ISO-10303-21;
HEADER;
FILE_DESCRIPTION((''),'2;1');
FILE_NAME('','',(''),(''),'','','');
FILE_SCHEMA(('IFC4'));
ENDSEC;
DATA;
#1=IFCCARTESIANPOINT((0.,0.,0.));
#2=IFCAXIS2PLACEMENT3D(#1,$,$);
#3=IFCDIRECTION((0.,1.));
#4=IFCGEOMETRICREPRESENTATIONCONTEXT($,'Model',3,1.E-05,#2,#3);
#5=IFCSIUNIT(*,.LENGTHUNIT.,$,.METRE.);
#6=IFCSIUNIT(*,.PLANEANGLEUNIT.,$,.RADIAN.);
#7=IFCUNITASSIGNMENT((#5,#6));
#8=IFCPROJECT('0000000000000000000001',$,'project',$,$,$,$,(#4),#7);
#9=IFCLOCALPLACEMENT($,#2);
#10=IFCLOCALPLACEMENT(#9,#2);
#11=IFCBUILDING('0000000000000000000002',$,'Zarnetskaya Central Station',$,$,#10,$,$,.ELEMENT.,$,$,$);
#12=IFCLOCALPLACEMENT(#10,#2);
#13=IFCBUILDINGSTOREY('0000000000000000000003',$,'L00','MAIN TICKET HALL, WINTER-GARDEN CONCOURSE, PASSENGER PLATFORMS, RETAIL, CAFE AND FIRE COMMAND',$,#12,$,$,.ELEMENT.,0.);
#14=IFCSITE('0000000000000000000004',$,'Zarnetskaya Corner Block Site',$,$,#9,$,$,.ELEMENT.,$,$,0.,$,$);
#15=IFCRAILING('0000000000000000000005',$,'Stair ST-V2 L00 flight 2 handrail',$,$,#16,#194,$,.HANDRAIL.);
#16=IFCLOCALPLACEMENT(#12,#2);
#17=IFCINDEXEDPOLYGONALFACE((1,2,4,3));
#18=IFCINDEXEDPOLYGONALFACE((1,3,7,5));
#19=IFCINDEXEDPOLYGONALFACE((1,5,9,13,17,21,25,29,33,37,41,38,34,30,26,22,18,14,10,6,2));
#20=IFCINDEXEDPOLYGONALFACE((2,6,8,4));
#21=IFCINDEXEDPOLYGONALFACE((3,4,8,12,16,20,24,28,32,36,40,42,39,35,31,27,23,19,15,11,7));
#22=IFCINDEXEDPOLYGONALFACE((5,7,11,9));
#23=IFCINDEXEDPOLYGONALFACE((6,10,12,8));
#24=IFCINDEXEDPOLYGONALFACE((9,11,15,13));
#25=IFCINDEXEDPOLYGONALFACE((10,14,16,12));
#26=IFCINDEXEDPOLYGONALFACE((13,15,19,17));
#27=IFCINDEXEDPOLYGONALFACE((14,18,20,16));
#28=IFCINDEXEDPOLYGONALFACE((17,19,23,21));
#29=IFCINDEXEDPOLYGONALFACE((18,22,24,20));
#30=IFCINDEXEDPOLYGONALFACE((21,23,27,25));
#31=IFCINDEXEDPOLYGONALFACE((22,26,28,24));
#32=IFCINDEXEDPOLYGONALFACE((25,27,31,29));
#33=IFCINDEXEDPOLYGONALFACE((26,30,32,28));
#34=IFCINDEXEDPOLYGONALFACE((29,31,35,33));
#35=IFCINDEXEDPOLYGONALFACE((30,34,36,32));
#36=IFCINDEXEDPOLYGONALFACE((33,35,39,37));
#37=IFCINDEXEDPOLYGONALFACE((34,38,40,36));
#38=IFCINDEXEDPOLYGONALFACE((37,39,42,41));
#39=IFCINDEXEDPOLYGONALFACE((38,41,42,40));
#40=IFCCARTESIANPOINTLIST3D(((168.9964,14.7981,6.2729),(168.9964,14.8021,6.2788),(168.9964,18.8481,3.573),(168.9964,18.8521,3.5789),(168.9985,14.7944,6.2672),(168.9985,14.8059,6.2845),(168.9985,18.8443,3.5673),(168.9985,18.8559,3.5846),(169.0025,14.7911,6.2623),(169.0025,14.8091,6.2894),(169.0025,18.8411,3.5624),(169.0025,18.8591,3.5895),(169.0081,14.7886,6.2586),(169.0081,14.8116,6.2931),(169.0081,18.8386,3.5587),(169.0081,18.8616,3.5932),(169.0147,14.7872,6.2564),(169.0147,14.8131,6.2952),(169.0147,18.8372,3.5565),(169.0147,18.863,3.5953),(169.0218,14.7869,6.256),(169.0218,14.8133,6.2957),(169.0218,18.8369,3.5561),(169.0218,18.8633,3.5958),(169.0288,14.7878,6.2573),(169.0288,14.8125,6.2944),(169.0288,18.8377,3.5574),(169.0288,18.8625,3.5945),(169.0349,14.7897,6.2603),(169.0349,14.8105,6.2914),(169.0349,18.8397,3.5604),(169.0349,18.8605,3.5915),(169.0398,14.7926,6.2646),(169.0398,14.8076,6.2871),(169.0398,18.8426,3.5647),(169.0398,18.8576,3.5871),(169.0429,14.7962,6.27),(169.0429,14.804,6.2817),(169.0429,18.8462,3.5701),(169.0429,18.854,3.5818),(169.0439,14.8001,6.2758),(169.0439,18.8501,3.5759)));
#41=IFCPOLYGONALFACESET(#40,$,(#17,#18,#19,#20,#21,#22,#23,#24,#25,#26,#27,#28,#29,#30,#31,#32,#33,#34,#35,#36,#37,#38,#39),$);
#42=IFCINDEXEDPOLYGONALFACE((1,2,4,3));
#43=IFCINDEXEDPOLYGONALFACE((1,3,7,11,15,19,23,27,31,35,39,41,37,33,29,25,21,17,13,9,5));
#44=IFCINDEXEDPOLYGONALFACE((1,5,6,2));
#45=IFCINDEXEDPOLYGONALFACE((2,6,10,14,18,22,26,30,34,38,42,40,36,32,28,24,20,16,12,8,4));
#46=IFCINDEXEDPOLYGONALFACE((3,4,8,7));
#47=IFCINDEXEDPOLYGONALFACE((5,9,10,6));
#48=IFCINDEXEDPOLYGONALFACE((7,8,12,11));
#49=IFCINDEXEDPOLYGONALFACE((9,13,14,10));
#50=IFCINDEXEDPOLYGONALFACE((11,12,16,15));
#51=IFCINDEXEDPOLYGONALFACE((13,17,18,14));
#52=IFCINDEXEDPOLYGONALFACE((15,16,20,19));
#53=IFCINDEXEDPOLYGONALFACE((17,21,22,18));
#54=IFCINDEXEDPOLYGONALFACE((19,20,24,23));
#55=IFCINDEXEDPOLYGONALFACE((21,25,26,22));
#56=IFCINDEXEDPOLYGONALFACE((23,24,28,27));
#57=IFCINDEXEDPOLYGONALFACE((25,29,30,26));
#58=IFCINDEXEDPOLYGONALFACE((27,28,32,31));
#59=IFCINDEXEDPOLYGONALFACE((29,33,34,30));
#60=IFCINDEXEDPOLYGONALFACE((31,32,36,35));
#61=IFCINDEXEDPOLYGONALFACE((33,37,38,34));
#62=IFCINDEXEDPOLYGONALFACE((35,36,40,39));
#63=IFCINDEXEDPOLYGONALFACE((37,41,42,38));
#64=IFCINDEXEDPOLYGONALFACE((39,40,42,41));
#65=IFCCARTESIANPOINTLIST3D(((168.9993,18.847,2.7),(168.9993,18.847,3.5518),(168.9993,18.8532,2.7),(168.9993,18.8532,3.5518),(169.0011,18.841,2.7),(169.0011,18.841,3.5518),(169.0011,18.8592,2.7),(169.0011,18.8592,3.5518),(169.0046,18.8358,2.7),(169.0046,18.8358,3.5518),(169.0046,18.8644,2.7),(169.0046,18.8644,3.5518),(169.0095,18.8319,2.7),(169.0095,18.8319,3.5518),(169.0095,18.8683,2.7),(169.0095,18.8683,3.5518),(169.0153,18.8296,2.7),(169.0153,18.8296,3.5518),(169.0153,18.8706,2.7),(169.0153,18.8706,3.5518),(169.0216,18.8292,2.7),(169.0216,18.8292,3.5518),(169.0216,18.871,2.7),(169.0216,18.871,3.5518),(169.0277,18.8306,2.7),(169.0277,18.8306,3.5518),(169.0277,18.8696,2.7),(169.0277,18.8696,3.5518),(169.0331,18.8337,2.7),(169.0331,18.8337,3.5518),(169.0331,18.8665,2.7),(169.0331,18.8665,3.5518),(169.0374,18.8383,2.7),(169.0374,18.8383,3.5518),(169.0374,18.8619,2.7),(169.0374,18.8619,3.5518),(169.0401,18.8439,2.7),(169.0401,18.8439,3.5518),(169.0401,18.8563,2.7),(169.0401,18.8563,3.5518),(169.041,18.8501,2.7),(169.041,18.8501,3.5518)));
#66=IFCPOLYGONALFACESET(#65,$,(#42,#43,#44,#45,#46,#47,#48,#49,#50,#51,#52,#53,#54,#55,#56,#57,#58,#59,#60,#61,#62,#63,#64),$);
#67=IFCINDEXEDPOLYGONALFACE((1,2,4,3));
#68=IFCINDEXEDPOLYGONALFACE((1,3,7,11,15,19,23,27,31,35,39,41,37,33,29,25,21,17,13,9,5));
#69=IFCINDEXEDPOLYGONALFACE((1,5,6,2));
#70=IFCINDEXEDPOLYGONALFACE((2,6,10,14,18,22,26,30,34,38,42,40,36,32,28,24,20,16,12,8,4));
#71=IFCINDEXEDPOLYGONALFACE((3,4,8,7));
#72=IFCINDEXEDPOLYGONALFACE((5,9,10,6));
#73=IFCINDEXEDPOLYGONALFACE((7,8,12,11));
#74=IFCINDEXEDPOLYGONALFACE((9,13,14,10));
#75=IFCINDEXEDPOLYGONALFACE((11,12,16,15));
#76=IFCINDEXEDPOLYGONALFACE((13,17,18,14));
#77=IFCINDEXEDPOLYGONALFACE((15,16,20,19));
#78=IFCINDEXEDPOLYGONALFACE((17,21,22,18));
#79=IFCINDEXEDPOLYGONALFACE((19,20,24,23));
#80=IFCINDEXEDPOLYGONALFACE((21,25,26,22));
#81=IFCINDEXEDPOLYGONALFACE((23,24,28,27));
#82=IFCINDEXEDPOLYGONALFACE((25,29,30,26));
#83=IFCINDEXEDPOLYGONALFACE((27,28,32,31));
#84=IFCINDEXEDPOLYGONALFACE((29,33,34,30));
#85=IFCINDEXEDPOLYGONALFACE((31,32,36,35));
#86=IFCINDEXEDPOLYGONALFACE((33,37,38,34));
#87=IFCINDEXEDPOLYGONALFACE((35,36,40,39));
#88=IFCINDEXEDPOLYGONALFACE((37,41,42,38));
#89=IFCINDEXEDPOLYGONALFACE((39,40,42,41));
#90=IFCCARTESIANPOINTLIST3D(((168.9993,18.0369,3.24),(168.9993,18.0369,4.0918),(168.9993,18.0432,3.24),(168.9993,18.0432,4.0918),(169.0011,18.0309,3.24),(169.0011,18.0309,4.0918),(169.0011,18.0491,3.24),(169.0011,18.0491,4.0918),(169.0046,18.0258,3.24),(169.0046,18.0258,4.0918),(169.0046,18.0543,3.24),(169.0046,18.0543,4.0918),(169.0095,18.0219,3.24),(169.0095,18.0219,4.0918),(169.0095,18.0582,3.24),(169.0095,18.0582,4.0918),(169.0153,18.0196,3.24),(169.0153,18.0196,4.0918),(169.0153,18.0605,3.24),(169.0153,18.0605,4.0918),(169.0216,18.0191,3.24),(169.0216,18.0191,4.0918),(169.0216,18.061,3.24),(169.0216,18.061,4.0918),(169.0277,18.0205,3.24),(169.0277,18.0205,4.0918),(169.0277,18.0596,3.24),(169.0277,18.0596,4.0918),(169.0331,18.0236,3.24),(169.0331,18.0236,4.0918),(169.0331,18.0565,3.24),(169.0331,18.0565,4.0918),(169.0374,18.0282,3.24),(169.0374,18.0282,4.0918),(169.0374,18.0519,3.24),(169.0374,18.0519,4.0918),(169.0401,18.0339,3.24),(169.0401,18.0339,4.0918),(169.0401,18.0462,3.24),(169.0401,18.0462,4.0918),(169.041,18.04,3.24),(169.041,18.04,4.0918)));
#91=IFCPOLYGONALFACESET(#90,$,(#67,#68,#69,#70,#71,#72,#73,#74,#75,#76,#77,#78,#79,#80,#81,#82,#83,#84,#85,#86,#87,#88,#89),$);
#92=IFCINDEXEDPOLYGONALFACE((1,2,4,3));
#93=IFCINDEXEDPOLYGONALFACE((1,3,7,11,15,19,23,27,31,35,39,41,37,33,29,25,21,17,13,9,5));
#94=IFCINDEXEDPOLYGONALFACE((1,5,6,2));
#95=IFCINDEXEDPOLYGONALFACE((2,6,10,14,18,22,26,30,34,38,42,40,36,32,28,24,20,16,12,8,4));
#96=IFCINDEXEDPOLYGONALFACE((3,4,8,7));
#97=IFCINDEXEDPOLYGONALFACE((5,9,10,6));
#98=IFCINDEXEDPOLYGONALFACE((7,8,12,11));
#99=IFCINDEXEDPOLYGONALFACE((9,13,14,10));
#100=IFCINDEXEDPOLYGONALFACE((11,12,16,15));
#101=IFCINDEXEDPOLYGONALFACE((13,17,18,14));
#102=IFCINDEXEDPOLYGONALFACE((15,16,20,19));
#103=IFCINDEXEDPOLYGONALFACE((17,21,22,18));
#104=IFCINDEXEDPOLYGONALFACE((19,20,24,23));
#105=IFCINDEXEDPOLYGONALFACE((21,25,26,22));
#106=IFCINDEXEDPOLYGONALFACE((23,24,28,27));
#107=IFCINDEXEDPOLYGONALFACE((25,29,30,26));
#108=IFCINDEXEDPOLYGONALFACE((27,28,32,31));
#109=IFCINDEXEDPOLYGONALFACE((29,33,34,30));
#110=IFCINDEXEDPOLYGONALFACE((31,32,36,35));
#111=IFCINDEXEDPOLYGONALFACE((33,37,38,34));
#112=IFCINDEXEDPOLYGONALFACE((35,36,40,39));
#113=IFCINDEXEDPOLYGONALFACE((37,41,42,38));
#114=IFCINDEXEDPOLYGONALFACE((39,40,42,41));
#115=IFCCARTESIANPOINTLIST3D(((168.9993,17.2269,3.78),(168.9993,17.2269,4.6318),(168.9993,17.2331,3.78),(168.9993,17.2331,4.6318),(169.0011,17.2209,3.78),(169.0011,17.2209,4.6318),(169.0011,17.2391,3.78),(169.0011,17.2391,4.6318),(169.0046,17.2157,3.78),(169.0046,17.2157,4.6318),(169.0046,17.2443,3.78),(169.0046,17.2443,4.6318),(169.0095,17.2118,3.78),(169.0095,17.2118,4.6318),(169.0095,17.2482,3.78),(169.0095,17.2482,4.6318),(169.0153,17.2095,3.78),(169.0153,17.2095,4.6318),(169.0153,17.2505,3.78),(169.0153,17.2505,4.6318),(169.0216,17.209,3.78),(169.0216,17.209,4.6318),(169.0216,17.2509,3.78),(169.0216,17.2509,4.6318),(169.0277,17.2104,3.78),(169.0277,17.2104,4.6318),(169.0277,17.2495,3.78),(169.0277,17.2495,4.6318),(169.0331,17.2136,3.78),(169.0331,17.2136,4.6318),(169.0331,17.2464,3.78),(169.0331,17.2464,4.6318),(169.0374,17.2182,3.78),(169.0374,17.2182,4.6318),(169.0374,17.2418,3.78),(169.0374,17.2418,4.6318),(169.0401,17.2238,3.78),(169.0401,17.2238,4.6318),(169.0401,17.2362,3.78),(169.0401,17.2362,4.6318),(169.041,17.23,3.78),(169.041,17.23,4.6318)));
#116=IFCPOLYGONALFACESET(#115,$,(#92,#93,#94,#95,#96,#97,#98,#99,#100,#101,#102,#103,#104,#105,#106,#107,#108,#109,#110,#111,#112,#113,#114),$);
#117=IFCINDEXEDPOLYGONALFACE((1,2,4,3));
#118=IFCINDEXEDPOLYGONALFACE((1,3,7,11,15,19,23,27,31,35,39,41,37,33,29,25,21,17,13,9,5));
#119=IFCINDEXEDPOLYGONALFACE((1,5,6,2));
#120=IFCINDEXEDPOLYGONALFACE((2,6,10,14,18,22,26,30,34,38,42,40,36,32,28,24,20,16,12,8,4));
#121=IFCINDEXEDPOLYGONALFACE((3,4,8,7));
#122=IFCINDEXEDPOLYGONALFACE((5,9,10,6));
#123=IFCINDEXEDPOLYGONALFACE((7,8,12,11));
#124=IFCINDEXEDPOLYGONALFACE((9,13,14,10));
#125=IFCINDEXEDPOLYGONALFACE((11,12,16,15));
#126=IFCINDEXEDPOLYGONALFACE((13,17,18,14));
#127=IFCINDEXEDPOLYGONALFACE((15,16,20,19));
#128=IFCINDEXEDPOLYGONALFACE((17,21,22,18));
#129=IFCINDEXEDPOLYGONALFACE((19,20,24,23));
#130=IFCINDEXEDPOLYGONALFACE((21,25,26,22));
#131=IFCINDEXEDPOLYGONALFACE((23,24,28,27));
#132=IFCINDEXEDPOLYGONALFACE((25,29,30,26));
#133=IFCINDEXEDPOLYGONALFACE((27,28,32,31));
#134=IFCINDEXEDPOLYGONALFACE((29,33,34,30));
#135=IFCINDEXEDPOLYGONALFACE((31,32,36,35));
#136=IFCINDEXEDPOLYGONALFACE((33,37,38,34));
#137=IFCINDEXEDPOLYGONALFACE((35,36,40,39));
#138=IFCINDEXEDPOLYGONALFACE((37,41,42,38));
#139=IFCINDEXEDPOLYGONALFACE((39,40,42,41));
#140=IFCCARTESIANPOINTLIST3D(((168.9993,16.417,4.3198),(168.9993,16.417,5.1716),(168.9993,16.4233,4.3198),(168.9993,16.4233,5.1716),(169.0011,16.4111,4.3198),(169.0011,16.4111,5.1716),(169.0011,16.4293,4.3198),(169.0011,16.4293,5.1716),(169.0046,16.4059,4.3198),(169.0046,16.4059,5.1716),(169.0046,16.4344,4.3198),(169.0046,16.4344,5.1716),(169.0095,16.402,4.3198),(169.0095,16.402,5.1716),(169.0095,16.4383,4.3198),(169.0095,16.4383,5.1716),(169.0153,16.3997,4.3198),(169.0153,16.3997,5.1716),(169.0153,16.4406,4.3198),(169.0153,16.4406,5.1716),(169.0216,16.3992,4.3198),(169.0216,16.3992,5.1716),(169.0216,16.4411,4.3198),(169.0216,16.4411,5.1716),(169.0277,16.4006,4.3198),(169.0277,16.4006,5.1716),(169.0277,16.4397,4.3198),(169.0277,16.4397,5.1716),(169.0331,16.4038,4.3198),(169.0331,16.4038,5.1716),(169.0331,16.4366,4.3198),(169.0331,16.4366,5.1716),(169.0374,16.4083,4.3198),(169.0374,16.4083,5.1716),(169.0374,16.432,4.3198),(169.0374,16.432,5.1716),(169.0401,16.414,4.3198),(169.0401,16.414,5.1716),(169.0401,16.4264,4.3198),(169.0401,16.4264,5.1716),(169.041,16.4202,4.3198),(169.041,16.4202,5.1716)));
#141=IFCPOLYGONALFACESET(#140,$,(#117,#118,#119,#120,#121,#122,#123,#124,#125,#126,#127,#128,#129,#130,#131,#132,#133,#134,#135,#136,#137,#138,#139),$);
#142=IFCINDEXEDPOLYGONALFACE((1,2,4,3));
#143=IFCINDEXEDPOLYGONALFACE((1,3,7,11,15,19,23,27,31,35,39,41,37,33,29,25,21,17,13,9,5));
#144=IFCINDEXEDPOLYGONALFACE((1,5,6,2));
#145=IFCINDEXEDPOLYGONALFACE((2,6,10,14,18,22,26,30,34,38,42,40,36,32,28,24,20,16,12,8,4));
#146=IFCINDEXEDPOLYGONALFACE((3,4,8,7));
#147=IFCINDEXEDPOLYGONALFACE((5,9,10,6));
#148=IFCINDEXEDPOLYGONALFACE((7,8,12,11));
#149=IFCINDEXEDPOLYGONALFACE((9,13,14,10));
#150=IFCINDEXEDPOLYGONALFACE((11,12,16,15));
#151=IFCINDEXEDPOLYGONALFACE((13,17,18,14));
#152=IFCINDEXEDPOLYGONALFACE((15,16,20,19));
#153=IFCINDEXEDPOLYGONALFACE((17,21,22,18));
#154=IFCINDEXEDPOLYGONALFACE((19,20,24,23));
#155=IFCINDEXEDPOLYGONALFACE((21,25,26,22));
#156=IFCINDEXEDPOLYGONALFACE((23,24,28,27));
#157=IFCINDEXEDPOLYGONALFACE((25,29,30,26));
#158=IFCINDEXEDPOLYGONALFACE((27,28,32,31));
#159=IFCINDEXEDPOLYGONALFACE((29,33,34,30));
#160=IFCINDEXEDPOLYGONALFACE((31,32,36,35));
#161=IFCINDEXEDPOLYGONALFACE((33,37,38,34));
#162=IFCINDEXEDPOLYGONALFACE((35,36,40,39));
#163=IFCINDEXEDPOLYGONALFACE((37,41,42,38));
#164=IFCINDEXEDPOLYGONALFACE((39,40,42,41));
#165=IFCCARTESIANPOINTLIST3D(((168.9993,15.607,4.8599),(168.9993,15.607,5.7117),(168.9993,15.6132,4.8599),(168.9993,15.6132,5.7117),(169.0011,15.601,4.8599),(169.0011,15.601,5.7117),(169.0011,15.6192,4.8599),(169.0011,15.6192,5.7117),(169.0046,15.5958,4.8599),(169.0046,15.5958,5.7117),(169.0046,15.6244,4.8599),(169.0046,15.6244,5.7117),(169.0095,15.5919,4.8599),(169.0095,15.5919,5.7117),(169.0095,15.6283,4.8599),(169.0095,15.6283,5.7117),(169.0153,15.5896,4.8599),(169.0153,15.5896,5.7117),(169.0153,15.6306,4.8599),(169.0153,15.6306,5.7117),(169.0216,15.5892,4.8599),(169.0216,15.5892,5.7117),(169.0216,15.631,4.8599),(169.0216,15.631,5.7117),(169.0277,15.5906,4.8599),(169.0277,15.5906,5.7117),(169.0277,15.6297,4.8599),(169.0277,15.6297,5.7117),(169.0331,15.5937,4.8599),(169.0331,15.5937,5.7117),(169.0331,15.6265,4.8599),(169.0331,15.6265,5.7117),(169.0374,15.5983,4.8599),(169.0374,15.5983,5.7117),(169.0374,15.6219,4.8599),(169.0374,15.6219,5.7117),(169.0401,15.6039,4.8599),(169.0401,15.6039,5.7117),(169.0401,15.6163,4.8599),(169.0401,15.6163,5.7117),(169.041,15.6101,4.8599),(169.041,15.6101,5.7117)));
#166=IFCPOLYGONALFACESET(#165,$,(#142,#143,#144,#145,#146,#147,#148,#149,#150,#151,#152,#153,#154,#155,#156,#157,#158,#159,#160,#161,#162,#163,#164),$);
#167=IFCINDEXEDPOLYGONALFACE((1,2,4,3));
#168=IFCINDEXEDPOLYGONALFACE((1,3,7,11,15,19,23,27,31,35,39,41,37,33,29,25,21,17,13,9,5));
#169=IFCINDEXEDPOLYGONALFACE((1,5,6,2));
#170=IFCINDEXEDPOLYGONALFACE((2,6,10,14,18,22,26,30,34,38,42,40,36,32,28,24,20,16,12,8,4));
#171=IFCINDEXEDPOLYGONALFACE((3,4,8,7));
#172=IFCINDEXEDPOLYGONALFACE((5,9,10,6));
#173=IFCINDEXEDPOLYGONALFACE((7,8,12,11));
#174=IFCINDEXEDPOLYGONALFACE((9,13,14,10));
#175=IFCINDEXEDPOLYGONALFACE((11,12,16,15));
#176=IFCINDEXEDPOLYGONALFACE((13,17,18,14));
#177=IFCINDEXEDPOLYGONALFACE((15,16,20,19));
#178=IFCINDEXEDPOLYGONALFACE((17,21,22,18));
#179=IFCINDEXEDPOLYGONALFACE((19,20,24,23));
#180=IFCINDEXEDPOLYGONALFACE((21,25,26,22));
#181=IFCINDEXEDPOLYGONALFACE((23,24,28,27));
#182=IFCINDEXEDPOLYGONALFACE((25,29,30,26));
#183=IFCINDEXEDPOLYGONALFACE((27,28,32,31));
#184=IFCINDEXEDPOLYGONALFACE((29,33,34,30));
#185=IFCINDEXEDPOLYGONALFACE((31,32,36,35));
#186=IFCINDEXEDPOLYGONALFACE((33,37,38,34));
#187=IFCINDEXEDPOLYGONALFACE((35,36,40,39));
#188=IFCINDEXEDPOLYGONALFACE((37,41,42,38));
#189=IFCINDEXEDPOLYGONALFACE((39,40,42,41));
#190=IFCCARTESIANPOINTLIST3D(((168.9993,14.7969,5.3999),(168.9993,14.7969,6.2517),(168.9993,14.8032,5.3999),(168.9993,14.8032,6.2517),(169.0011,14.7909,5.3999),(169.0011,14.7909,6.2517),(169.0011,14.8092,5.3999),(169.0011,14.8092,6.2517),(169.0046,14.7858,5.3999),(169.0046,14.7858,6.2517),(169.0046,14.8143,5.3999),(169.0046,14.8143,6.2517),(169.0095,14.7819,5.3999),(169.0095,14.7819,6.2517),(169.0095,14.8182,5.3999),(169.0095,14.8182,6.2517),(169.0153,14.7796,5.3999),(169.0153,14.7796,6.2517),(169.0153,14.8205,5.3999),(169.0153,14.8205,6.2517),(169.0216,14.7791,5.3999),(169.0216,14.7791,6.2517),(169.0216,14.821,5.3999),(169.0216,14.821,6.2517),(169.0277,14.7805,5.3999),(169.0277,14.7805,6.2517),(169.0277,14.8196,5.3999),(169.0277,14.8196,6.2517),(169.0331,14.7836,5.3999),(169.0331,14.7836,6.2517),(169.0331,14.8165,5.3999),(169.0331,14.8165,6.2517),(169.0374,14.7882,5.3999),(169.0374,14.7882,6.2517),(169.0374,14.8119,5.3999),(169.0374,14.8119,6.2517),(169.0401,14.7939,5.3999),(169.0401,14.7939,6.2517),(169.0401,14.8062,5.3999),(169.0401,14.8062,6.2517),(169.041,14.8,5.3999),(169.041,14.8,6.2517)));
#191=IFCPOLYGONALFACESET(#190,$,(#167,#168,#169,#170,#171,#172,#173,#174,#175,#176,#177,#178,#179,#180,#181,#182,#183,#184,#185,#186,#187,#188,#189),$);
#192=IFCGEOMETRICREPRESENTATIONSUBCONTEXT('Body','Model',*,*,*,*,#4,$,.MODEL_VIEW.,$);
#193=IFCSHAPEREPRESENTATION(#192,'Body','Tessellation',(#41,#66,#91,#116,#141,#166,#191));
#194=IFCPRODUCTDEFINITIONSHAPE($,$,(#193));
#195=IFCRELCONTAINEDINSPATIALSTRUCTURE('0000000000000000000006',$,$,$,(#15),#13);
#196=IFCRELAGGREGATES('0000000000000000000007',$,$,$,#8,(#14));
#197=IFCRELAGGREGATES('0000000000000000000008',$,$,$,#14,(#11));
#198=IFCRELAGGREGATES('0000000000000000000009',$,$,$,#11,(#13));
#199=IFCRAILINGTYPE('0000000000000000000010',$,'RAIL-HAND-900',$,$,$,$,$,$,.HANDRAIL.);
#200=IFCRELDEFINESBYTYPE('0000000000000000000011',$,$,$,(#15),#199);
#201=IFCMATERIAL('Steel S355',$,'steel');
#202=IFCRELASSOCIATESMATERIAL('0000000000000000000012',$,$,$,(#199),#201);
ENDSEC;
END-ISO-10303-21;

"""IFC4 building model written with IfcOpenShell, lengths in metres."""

from ifc_helpers import new_model, si_unit, direction, frame, origin, origin_2d, place, context, subcontext, project, spatial, circle, extrude, material, type_object, element, save


model = new_model("IFC4")

# Units and contexts
model_context = context("Model", 3, precision=1e-05, world=origin(), true_north=direction((0.0, 1.0)))
body_context = subcontext(model_context, "Body", "Model", "MODEL_VIEW")
ifc_project = project(units=[si_unit("LENGTHUNIT", "METRE"), si_unit("PLANEANGLEUNIT", "RADIAN")], contexts=[model_context])

# Site, building, storey
site_placement = place(None, origin())
site = spatial("IfcSite", under=ifc_project, at=site_placement, Name="Zarnetskaya Corner Block Site", CompositionType="ELEMENT", RefElevation=0.0)
building_placement = place(site_placement, origin())
building = spatial("IfcBuilding", under=site, at=building_placement, Name="Zarnetskaya Central Station", CompositionType="ELEMENT")
storey_placement = place(building_placement, origin())
storey = spatial("IfcBuildingStorey", under=building, at=storey_placement, Name="L00", Description="MAIN TICKET HALL, WINTER-GARDEN CONCOURSE, PASSENGER PLATFORMS, RETAIL, CAFE AND FIRE COMMAND", CompositionType="ELEMENT", Elevation=0.0)

# Shared definitions
ifc_material_1 = material(Name="Steel S355", Category="steel")

# Railing
railing_type_1 = type_object("IfcRailingType", Name="RAIL-HAND-900", PredefinedType="HANDRAIL", material=ifc_material_1)
railing_1_placement = place(storey_placement, frame((169.02, 18.8501, 2.7)))
element("IfcRailing", 1, at=railing_1_placement, inside=storey, type_object=railing_type_1, Name="Stair ST-V2 L00 flight 2 handrail", PredefinedType="HANDRAIL", context=body_context, shape_type="SweptSolid", body=[
    extrude(circle(Radius=0.0239, at=origin_2d()), frame((0.0, 0.0, 0.876), z_axis=(0.0, -0.832058, 0.554689), x_axis=(1.0, 0.0, 0.0)), (0.0, 0.0, 1.0), 4.8674),
    extrude(circle(Radius=0.021, at=origin_2d()), origin(), (0.0, 0.0, 1.0), 0.8518),
    extrude(circle(Radius=0.021, at=origin_2d()), frame((0.0, -0.8101, 0.54)), (0.0, 0.0, 1.0), 0.8518),
    extrude(circle(Radius=0.021, at=origin_2d()), frame((0.0, -1.6201, 1.0801)), (0.0, 0.0, 1.0), 0.8518),
    extrude(circle(Radius=0.021, at=origin_2d()), frame((0.0, -2.4299, 1.6199)), (0.0, 0.0, 1.0), 0.8518),
    extrude(circle(Radius=0.021, at=origin_2d()), frame((0.0, -3.24, 2.1599)), (0.0, 0.0, 1.0), 0.8518),
    extrude(circle(Radius=0.021, at=origin_2d()), frame((0.0, -4.05, 2.7)), (0.0, 0.0, 1.0), 0.8518),
])

save(model, "model.ifc")
